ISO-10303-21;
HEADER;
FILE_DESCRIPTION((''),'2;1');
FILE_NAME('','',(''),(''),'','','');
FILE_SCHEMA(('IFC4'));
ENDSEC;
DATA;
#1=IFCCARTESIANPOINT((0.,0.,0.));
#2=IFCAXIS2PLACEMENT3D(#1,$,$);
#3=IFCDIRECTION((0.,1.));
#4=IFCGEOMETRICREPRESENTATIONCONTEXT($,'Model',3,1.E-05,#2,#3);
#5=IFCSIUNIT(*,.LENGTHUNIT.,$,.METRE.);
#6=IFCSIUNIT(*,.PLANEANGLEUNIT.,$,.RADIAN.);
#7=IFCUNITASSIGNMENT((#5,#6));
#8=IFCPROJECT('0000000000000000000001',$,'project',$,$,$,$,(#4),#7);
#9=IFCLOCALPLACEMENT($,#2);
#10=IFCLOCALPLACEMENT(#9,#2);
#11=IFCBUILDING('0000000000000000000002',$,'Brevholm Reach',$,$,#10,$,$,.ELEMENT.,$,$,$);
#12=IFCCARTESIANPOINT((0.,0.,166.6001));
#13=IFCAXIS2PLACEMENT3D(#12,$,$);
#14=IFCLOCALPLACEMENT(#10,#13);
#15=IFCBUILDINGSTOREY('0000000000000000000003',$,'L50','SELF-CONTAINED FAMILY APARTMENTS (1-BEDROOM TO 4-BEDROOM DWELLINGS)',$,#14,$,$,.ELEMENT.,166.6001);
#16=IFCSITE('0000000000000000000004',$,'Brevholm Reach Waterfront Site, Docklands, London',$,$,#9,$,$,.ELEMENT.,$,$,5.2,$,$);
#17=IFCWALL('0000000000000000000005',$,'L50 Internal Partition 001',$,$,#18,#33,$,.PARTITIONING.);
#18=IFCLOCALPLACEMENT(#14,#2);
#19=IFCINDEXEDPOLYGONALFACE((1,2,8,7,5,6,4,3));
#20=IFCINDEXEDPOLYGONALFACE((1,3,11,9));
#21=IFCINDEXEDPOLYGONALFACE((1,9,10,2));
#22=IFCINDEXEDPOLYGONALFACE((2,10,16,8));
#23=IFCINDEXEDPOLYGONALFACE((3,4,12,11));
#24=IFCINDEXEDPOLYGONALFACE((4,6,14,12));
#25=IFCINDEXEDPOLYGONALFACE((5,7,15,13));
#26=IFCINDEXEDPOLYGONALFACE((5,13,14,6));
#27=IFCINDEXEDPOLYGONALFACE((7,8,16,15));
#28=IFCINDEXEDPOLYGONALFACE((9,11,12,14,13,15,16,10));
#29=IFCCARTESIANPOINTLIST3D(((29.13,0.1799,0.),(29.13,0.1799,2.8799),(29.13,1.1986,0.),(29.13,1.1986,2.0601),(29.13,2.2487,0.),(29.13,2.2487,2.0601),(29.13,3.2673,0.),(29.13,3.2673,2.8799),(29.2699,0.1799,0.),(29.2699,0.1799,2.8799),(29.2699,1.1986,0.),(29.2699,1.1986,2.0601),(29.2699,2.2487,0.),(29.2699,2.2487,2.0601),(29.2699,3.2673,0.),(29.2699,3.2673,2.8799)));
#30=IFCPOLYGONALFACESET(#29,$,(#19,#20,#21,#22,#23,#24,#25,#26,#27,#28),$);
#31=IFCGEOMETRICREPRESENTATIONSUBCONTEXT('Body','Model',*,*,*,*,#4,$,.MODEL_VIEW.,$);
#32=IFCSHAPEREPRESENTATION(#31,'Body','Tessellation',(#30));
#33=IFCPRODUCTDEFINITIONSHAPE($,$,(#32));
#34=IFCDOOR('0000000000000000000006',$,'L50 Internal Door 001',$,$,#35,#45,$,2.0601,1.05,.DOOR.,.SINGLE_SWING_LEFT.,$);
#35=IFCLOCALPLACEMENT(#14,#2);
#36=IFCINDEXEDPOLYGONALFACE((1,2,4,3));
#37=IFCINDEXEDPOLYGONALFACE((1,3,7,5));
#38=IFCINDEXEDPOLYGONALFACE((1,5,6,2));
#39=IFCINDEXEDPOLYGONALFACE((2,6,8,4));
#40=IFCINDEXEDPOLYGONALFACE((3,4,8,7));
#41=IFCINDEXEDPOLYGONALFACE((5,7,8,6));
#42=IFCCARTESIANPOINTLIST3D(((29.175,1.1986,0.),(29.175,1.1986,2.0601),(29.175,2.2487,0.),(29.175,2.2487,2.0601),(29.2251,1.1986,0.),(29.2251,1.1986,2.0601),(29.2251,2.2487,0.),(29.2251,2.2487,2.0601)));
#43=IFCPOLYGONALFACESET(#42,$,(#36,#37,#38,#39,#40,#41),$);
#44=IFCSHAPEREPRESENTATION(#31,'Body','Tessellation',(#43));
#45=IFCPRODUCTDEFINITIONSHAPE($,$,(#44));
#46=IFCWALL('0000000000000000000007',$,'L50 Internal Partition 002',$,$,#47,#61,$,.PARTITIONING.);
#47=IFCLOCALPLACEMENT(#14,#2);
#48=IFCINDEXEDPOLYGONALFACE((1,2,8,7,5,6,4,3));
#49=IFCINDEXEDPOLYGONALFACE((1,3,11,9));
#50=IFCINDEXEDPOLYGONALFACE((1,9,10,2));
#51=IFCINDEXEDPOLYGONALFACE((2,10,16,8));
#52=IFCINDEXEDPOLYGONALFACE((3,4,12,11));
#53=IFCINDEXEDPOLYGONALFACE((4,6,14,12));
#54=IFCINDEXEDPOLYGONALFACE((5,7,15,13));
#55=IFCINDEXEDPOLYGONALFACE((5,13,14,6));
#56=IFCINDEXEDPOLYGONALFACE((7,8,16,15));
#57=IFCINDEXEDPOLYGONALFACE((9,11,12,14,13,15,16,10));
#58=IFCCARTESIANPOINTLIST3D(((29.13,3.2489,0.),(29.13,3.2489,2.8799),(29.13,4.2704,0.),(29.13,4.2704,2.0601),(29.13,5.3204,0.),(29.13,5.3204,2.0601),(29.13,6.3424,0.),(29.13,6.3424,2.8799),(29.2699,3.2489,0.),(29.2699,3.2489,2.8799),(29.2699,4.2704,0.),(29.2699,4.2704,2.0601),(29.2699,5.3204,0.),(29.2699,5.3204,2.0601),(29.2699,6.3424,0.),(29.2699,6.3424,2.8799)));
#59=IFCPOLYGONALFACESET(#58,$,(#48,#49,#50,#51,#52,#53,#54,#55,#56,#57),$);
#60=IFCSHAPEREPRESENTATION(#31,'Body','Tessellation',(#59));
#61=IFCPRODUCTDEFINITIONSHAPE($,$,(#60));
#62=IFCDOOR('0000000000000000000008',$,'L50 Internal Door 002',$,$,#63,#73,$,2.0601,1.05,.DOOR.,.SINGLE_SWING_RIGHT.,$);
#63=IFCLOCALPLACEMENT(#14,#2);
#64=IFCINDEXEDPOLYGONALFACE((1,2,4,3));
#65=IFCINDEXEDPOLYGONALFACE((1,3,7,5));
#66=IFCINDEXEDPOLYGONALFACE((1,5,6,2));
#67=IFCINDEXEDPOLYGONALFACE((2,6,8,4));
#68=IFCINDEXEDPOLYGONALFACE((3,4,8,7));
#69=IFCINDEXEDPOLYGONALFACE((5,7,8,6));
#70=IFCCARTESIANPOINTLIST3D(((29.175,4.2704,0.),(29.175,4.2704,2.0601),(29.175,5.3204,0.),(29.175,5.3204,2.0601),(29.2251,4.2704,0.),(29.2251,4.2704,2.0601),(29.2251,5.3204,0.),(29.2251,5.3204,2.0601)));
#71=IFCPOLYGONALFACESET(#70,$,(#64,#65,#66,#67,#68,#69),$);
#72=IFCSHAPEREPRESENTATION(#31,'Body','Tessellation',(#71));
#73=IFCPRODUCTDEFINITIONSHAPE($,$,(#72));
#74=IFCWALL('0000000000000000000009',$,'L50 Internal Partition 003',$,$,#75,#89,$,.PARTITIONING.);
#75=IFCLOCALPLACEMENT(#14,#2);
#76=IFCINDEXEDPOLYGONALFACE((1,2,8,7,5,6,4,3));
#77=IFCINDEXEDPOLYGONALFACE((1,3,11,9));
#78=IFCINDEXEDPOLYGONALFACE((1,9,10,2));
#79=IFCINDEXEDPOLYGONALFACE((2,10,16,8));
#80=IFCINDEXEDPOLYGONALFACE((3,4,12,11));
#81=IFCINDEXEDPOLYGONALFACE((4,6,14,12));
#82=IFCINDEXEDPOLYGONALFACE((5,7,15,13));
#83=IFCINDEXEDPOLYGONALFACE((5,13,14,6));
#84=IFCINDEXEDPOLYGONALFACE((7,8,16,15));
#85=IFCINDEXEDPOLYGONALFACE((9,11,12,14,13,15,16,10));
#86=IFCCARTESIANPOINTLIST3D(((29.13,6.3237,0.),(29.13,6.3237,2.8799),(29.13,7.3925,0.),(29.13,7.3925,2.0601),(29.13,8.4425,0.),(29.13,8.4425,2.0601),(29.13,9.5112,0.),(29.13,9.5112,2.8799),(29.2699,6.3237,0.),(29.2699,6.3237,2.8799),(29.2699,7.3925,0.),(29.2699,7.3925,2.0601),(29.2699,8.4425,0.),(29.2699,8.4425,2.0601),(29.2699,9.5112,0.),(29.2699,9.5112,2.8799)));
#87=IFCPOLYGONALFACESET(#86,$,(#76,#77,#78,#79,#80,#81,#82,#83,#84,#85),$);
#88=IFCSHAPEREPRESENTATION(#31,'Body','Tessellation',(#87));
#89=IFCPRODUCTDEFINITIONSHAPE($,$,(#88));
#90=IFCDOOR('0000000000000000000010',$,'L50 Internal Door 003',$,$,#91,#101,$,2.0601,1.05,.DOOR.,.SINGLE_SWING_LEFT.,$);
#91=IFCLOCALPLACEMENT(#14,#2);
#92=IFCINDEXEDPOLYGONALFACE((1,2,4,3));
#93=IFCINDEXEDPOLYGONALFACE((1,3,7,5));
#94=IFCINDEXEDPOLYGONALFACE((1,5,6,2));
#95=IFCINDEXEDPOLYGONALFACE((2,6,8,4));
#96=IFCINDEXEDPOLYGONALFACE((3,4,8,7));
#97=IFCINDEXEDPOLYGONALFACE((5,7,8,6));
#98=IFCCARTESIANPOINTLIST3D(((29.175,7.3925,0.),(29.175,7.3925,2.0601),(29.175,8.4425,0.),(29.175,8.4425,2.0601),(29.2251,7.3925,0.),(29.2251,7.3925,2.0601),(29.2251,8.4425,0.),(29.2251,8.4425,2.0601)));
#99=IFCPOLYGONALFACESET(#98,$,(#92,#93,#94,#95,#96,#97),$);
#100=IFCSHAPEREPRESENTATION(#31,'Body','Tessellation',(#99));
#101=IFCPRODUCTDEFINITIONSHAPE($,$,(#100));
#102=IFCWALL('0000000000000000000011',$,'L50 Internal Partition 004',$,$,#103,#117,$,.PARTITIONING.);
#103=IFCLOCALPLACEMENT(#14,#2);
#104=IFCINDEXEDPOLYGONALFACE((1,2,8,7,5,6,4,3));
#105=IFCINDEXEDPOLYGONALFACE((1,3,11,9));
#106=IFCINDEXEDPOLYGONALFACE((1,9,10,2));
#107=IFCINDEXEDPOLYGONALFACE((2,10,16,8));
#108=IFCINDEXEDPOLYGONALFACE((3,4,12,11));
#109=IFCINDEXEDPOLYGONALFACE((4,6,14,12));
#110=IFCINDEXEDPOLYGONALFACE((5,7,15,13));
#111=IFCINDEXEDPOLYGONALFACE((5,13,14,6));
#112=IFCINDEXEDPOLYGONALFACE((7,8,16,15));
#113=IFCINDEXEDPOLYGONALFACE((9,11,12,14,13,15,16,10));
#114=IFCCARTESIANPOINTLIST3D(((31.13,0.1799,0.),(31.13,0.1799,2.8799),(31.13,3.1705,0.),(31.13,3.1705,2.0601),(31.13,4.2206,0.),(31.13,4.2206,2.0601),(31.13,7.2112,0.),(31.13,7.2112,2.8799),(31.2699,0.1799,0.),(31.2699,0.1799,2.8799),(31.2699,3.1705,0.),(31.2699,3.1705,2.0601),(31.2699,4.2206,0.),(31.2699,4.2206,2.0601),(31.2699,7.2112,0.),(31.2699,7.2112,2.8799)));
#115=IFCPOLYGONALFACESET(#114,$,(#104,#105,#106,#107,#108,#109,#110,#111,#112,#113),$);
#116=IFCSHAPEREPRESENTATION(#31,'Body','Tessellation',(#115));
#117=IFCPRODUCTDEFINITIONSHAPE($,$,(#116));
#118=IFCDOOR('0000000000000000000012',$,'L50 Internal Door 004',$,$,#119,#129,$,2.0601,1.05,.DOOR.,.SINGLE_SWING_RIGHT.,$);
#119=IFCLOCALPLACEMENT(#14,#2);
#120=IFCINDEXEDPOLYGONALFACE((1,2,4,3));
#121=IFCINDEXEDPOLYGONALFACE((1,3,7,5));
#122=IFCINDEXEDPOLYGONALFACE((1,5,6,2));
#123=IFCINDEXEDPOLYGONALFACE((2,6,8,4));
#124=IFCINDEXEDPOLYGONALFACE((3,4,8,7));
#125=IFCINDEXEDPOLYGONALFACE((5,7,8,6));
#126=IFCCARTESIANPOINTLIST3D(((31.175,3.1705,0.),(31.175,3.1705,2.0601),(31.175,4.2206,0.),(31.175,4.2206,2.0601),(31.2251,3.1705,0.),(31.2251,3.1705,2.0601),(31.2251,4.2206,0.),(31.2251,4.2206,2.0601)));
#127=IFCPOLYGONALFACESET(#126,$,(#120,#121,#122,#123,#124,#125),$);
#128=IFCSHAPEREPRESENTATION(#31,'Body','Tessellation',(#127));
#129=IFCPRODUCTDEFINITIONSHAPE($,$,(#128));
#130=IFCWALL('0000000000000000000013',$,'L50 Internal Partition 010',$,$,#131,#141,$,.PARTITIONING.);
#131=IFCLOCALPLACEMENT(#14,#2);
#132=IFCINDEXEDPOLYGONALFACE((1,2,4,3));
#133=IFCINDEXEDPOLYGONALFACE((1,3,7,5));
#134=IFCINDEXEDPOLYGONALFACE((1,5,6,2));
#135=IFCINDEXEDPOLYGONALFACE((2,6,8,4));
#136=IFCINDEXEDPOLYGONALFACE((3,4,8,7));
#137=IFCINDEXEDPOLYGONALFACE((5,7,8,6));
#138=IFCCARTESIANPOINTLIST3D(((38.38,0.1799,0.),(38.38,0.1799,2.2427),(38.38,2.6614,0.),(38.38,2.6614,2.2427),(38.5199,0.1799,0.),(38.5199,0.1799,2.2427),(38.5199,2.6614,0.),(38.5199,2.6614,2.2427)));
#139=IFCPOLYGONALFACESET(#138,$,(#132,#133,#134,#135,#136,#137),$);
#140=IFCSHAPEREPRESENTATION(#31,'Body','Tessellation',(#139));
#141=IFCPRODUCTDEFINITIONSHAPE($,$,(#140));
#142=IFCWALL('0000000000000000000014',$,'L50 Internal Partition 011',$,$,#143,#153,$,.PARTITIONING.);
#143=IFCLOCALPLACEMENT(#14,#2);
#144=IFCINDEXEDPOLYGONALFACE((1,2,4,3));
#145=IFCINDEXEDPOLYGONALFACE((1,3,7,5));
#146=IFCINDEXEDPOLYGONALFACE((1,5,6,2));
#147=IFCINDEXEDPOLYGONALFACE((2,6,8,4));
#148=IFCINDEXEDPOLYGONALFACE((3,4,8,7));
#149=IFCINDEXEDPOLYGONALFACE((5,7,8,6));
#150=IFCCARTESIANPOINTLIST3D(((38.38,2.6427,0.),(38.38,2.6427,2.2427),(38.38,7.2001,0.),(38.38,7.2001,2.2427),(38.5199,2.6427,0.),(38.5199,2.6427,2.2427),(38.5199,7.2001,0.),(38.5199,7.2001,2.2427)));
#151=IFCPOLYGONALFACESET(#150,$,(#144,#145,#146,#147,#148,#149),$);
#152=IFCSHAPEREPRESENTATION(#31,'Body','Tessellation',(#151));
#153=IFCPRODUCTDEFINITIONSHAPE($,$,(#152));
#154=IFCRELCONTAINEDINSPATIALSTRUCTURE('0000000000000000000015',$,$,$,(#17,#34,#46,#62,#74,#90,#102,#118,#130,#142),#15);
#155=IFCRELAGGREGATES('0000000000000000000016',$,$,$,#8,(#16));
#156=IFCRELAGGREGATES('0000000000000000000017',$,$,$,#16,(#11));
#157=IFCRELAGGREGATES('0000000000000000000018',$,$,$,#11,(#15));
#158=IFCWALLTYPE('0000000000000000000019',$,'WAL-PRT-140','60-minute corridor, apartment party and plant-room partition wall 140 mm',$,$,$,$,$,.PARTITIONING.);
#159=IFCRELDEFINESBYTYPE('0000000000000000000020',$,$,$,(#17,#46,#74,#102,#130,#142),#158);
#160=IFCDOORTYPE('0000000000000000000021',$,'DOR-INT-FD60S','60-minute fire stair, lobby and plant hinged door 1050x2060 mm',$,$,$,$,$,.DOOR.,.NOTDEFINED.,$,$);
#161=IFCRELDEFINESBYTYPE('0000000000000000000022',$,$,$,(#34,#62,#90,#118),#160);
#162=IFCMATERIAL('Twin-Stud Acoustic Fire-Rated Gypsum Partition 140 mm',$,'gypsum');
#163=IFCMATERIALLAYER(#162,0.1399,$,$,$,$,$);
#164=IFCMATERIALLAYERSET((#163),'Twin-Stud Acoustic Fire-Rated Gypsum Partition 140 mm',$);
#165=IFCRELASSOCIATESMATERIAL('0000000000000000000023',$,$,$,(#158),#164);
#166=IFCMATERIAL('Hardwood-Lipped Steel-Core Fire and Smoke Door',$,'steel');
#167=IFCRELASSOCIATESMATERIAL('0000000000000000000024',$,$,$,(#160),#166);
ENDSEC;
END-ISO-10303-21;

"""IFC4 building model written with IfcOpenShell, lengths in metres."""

from ifc_helpers import new_model, si_unit, direction, frame, frame_2d, origin, place, context, subcontext, project, spatial, rectangle, extrude, material, layer, layer_set, type_object, element, fill, save


model = new_model("IFC4")

# Units and contexts
model_context = context("Model", 3, precision=1e-05, world=origin(), true_north=direction((0.0, 1.0)))
body_context = subcontext(model_context, "Body", "Model", "MODEL_VIEW")
ifc_project = project(units=[si_unit("LENGTHUNIT", "METRE"), si_unit("PLANEANGLEUNIT", "RADIAN")], contexts=[model_context])

# Site, building, storey
site_placement = place(None, origin())
site = spatial("IfcSite", under=ifc_project, at=site_placement, Name="Brevholm Reach Waterfront Site, Docklands, London", CompositionType="ELEMENT", RefElevation=5.2)
building_placement = place(site_placement, origin())
building = spatial("IfcBuilding", under=site, at=building_placement, Name="Brevholm Reach", CompositionType="ELEMENT")
storey_placement = place(building_placement, frame((0.0, 0.0, 166.6001)))
storey = spatial("IfcBuildingStorey", under=building, at=storey_placement, Name="L50", Description="SELF-CONTAINED FAMILY APARTMENTS (1-BEDROOM TO 4-BEDROOM DWELLINGS)", CompositionType="ELEMENT", Elevation=166.6001)

# Walls, openings, doors
ifc_material_1 = material(Name="Twin-Stud Acoustic Fire-Rated Gypsum Partition 140 mm", Category="gypsum")
ifc_layer_1 = layer(ifc_material_1, 0.1399)
ifc_layer_set_1 = layer_set([ifc_layer_1], Name="Twin-Stud Acoustic Fire-Rated Gypsum Partition 140 mm")
wall_type_1 = type_object("IfcWallType", Name="WAL-PRT-140", Description="60-minute corridor, apartment party and plant-room partition wall 140 mm", PredefinedType="PARTITIONING", material=ifc_layer_set_1)
wall_1_placement = place(storey_placement, frame((29.2, 0.1799, 0.0), z_axis=(0.0, 0.0, 1.0), x_axis=(0.0, 1.0, 0.0)))
wall_1 = element("IfcWall", 1, at=wall_1_placement, inside=storey, type_object=wall_type_1, Name="L50 Internal Partition 001", PredefinedType="PARTITIONING", context=body_context, shape_type="SweptSolid", body=[
    extrude(rectangle(XDim=3.0874, YDim=0.1399, at=frame_2d((1.5437, 0.0))), origin(), (0.0, 0.0, 1.0), 2.8799),
])
opening_1_placement = place(wall_1_placement, frame((1.0188, 0.0, 0.0)))
opening_1 = element("IfcOpeningElement", 2, at=opening_1_placement, cuts=wall_1, PredefinedType="OPENING", context=body_context, shape_type="SweptSolid", body=[
    extrude(rectangle(XDim=1.05, YDim=2.0601, at=frame_2d((0.5249, 1.03))), frame((0.0, 0.0798, 0.0), z_axis=(0.0, -1.0, 0.0), x_axis=(1.0, 0.0, 0.0)), (0.0, 0.0, 1.0), 0.1599),
])
ifc_material_2 = material(Name="Hardwood-Lipped Steel-Core Fire and Smoke Door", Category="steel")
door_type_1 = type_object("IfcDoorType", Name="DOR-INT-FD60S", Description="60-minute fire stair, lobby and plant hinged door 1050x2060 mm", OperationType="NOTDEFINED", PredefinedType="DOOR", material=ifc_material_2)
door_1_placement = place(opening_1_placement, origin())
door_1 = element("IfcDoor", 3, at=door_1_placement, inside=storey, type_object=door_type_1, Name="L50 Internal Door 001", OperationType="SINGLE_SWING_LEFT", OverallHeight=2.0601, OverallWidth=1.05, PredefinedType="DOOR", context=body_context, shape_type="SweptSolid", body=[
    extrude(rectangle(XDim=1.05, YDim=2.0601, at=frame_2d((0.5249, 1.03))), frame((0.0, 0.0249, 0.0), z_axis=(0.0, -1.0, 0.0), x_axis=(1.0, 0.0, 0.0)), (0.0, 0.0, 1.0), 0.05),
])
fill(opening_1, door_1)
wall_2_placement = place(storey_placement, frame((29.2, 3.2488, 0.0), z_axis=(0.0, 0.0, 1.0), x_axis=(0.0, 1.0, 0.0)))
wall_2 = element("IfcWall", 4, at=wall_2_placement, inside=storey, type_object=wall_type_1, Name="L50 Internal Partition 002", PredefinedType="PARTITIONING", context=body_context, shape_type="SweptSolid", body=[
    extrude(rectangle(XDim=3.0935, YDim=0.1399, at=frame_2d((1.5469, 0.0))), origin(), (0.0, 0.0, 1.0), 2.8799),
])
opening_2_placement = place(wall_2_placement, frame((1.0217, 0.0, 0.0)))
opening_2 = element("IfcOpeningElement", 5, at=opening_2_placement, cuts=wall_2, PredefinedType="OPENING", context=body_context, shape_type="SweptSolid", body=[
    extrude(rectangle(XDim=1.05, YDim=2.0601, at=frame_2d((0.5249, 1.03))), frame((0.0, 0.0798, 0.0), z_axis=(0.0, -1.0, 0.0), x_axis=(1.0, 0.0, 0.0)), (0.0, 0.0, 1.0), 0.1599),
])
door_2_placement = place(opening_2_placement, origin())
door_2 = element("IfcDoor", 6, at=door_2_placement, inside=storey, type_object=door_type_1, Name="L50 Internal Door 002", OperationType="SINGLE_SWING_RIGHT", OverallHeight=2.0601, OverallWidth=1.05, PredefinedType="DOOR", context=body_context, shape_type="SweptSolid", body=[
    extrude(rectangle(XDim=1.05, YDim=2.0601, at=frame_2d((0.5249, 1.03))), frame((0.0, 0.0249, 0.0), z_axis=(0.0, -1.0, 0.0), x_axis=(1.0, 0.0, 0.0)), (0.0, 0.0, 1.0), 0.05),
])
fill(opening_2, door_2)
wall_3_placement = place(storey_placement, frame((29.2, 6.3237, 0.0), z_axis=(0.0, 0.0, 1.0), x_axis=(0.0, 1.0, 0.0)))
wall_3 = element("IfcWall", 7, at=wall_3_placement, inside=storey, type_object=wall_type_1, Name="L50 Internal Partition 003", PredefinedType="PARTITIONING", context=body_context, shape_type="SweptSolid", body=[
    extrude(rectangle(XDim=3.1875, YDim=0.1399, at=frame_2d((1.5938, 0.0))), origin(), (0.0, 0.0, 1.0), 2.8799),
])
opening_3_placement = place(wall_3_placement, frame((1.0688, 0.0, 0.0)))
opening_3 = element("IfcOpeningElement", 8, at=opening_3_placement, cuts=wall_3, PredefinedType="OPENING", context=body_context, shape_type="SweptSolid", body=[
    extrude(rectangle(XDim=1.05, YDim=2.0601, at=frame_2d((0.5249, 1.03))), frame((0.0, 0.0798, 0.0), z_axis=(0.0, -1.0, 0.0), x_axis=(1.0, 0.0, 0.0)), (0.0, 0.0, 1.0), 0.1599),
])
door_3_placement = place(opening_3_placement, origin())
door_3 = element("IfcDoor", 9, at=door_3_placement, inside=storey, type_object=door_type_1, Name="L50 Internal Door 003", OperationType="SINGLE_SWING_LEFT", OverallHeight=2.0601, OverallWidth=1.05, PredefinedType="DOOR", context=body_context, shape_type="SweptSolid", body=[
    extrude(rectangle(XDim=1.05, YDim=2.0601, at=frame_2d((0.5249, 1.03))), frame((0.0, 0.0249, 0.0), z_axis=(0.0, -1.0, 0.0), x_axis=(1.0, 0.0, 0.0)), (0.0, 0.0, 1.0), 0.05),
])
fill(opening_3, door_3)
wall_4_placement = place(storey_placement, frame((31.2, 0.1799, 0.0), z_axis=(0.0, 0.0, 1.0), x_axis=(0.0, 1.0, 0.0)))
wall_4 = element("IfcWall", 10, at=wall_4_placement, inside=storey, type_object=wall_type_1, Name="L50 Internal Partition 004", PredefinedType="PARTITIONING", context=body_context, shape_type="SweptSolid", body=[
    extrude(rectangle(XDim=7.0312, YDim=0.1399, at=frame_2d((3.5156, 0.0))), origin(), (0.0, 0.0, 1.0), 2.8799),
])
opening_4_placement = place(wall_4_placement, frame((2.9907, 0.0, 0.0)))
opening_4 = element("IfcOpeningElement", 11, at=opening_4_placement, cuts=wall_4, PredefinedType="OPENING", context=body_context, shape_type="SweptSolid", body=[
    extrude(rectangle(XDim=1.05, YDim=2.0601, at=frame_2d((0.5249, 1.03))), frame((0.0, 0.0798, 0.0), z_axis=(0.0, -1.0, 0.0), x_axis=(1.0, 0.0, 0.0)), (0.0, 0.0, 1.0), 0.1599),
])
door_4_placement = place(opening_4_placement, origin())
door_4 = element("IfcDoor", 12, at=door_4_placement, inside=storey, type_object=door_type_1, Name="L50 Internal Door 004", OperationType="SINGLE_SWING_RIGHT", OverallHeight=2.0601, OverallWidth=1.05, PredefinedType="DOOR", context=body_context, shape_type="SweptSolid", body=[
    extrude(rectangle(XDim=1.05, YDim=2.0601, at=frame_2d((0.5249, 1.03))), frame((0.0, 0.0249, 0.0), z_axis=(0.0, -1.0, 0.0), x_axis=(1.0, 0.0, 0.0)), (0.0, 0.0, 1.0), 0.05),
])
fill(opening_4, door_4)

# Walls
wall_5_placement = place(storey_placement, frame((38.45, 0.1799, 0.0), z_axis=(0.0, 0.0, 1.0), x_axis=(0.0, 1.0, 0.0)))
element("IfcWall", 13, at=wall_5_placement, inside=storey, type_object=wall_type_1, Name="L50 Internal Partition 010", PredefinedType="PARTITIONING", context=body_context, shape_type="SweptSolid", body=[
    extrude(rectangle(XDim=2.4814, YDim=0.1399, at=frame_2d((1.2407, 0.0))), origin(), (0.0, 0.0, 1.0), 2.2427),
])
wall_6_placement = place(storey_placement, frame((38.45, 2.6426, 0.0), z_axis=(0.0, 0.0, 1.0), x_axis=(0.0, 1.0, 0.0)))
element("IfcWall", 14, at=wall_6_placement, inside=storey, type_object=wall_type_1, Name="L50 Internal Partition 011", PredefinedType="PARTITIONING", context=body_context, shape_type="SweptSolid", body=[
    extrude(rectangle(XDim=4.5574, YDim=0.1399, at=frame_2d((2.2788, 0.0))), origin(), (0.0, 0.0, 1.0), 2.2427),
])

save(model, "model.ifc")
